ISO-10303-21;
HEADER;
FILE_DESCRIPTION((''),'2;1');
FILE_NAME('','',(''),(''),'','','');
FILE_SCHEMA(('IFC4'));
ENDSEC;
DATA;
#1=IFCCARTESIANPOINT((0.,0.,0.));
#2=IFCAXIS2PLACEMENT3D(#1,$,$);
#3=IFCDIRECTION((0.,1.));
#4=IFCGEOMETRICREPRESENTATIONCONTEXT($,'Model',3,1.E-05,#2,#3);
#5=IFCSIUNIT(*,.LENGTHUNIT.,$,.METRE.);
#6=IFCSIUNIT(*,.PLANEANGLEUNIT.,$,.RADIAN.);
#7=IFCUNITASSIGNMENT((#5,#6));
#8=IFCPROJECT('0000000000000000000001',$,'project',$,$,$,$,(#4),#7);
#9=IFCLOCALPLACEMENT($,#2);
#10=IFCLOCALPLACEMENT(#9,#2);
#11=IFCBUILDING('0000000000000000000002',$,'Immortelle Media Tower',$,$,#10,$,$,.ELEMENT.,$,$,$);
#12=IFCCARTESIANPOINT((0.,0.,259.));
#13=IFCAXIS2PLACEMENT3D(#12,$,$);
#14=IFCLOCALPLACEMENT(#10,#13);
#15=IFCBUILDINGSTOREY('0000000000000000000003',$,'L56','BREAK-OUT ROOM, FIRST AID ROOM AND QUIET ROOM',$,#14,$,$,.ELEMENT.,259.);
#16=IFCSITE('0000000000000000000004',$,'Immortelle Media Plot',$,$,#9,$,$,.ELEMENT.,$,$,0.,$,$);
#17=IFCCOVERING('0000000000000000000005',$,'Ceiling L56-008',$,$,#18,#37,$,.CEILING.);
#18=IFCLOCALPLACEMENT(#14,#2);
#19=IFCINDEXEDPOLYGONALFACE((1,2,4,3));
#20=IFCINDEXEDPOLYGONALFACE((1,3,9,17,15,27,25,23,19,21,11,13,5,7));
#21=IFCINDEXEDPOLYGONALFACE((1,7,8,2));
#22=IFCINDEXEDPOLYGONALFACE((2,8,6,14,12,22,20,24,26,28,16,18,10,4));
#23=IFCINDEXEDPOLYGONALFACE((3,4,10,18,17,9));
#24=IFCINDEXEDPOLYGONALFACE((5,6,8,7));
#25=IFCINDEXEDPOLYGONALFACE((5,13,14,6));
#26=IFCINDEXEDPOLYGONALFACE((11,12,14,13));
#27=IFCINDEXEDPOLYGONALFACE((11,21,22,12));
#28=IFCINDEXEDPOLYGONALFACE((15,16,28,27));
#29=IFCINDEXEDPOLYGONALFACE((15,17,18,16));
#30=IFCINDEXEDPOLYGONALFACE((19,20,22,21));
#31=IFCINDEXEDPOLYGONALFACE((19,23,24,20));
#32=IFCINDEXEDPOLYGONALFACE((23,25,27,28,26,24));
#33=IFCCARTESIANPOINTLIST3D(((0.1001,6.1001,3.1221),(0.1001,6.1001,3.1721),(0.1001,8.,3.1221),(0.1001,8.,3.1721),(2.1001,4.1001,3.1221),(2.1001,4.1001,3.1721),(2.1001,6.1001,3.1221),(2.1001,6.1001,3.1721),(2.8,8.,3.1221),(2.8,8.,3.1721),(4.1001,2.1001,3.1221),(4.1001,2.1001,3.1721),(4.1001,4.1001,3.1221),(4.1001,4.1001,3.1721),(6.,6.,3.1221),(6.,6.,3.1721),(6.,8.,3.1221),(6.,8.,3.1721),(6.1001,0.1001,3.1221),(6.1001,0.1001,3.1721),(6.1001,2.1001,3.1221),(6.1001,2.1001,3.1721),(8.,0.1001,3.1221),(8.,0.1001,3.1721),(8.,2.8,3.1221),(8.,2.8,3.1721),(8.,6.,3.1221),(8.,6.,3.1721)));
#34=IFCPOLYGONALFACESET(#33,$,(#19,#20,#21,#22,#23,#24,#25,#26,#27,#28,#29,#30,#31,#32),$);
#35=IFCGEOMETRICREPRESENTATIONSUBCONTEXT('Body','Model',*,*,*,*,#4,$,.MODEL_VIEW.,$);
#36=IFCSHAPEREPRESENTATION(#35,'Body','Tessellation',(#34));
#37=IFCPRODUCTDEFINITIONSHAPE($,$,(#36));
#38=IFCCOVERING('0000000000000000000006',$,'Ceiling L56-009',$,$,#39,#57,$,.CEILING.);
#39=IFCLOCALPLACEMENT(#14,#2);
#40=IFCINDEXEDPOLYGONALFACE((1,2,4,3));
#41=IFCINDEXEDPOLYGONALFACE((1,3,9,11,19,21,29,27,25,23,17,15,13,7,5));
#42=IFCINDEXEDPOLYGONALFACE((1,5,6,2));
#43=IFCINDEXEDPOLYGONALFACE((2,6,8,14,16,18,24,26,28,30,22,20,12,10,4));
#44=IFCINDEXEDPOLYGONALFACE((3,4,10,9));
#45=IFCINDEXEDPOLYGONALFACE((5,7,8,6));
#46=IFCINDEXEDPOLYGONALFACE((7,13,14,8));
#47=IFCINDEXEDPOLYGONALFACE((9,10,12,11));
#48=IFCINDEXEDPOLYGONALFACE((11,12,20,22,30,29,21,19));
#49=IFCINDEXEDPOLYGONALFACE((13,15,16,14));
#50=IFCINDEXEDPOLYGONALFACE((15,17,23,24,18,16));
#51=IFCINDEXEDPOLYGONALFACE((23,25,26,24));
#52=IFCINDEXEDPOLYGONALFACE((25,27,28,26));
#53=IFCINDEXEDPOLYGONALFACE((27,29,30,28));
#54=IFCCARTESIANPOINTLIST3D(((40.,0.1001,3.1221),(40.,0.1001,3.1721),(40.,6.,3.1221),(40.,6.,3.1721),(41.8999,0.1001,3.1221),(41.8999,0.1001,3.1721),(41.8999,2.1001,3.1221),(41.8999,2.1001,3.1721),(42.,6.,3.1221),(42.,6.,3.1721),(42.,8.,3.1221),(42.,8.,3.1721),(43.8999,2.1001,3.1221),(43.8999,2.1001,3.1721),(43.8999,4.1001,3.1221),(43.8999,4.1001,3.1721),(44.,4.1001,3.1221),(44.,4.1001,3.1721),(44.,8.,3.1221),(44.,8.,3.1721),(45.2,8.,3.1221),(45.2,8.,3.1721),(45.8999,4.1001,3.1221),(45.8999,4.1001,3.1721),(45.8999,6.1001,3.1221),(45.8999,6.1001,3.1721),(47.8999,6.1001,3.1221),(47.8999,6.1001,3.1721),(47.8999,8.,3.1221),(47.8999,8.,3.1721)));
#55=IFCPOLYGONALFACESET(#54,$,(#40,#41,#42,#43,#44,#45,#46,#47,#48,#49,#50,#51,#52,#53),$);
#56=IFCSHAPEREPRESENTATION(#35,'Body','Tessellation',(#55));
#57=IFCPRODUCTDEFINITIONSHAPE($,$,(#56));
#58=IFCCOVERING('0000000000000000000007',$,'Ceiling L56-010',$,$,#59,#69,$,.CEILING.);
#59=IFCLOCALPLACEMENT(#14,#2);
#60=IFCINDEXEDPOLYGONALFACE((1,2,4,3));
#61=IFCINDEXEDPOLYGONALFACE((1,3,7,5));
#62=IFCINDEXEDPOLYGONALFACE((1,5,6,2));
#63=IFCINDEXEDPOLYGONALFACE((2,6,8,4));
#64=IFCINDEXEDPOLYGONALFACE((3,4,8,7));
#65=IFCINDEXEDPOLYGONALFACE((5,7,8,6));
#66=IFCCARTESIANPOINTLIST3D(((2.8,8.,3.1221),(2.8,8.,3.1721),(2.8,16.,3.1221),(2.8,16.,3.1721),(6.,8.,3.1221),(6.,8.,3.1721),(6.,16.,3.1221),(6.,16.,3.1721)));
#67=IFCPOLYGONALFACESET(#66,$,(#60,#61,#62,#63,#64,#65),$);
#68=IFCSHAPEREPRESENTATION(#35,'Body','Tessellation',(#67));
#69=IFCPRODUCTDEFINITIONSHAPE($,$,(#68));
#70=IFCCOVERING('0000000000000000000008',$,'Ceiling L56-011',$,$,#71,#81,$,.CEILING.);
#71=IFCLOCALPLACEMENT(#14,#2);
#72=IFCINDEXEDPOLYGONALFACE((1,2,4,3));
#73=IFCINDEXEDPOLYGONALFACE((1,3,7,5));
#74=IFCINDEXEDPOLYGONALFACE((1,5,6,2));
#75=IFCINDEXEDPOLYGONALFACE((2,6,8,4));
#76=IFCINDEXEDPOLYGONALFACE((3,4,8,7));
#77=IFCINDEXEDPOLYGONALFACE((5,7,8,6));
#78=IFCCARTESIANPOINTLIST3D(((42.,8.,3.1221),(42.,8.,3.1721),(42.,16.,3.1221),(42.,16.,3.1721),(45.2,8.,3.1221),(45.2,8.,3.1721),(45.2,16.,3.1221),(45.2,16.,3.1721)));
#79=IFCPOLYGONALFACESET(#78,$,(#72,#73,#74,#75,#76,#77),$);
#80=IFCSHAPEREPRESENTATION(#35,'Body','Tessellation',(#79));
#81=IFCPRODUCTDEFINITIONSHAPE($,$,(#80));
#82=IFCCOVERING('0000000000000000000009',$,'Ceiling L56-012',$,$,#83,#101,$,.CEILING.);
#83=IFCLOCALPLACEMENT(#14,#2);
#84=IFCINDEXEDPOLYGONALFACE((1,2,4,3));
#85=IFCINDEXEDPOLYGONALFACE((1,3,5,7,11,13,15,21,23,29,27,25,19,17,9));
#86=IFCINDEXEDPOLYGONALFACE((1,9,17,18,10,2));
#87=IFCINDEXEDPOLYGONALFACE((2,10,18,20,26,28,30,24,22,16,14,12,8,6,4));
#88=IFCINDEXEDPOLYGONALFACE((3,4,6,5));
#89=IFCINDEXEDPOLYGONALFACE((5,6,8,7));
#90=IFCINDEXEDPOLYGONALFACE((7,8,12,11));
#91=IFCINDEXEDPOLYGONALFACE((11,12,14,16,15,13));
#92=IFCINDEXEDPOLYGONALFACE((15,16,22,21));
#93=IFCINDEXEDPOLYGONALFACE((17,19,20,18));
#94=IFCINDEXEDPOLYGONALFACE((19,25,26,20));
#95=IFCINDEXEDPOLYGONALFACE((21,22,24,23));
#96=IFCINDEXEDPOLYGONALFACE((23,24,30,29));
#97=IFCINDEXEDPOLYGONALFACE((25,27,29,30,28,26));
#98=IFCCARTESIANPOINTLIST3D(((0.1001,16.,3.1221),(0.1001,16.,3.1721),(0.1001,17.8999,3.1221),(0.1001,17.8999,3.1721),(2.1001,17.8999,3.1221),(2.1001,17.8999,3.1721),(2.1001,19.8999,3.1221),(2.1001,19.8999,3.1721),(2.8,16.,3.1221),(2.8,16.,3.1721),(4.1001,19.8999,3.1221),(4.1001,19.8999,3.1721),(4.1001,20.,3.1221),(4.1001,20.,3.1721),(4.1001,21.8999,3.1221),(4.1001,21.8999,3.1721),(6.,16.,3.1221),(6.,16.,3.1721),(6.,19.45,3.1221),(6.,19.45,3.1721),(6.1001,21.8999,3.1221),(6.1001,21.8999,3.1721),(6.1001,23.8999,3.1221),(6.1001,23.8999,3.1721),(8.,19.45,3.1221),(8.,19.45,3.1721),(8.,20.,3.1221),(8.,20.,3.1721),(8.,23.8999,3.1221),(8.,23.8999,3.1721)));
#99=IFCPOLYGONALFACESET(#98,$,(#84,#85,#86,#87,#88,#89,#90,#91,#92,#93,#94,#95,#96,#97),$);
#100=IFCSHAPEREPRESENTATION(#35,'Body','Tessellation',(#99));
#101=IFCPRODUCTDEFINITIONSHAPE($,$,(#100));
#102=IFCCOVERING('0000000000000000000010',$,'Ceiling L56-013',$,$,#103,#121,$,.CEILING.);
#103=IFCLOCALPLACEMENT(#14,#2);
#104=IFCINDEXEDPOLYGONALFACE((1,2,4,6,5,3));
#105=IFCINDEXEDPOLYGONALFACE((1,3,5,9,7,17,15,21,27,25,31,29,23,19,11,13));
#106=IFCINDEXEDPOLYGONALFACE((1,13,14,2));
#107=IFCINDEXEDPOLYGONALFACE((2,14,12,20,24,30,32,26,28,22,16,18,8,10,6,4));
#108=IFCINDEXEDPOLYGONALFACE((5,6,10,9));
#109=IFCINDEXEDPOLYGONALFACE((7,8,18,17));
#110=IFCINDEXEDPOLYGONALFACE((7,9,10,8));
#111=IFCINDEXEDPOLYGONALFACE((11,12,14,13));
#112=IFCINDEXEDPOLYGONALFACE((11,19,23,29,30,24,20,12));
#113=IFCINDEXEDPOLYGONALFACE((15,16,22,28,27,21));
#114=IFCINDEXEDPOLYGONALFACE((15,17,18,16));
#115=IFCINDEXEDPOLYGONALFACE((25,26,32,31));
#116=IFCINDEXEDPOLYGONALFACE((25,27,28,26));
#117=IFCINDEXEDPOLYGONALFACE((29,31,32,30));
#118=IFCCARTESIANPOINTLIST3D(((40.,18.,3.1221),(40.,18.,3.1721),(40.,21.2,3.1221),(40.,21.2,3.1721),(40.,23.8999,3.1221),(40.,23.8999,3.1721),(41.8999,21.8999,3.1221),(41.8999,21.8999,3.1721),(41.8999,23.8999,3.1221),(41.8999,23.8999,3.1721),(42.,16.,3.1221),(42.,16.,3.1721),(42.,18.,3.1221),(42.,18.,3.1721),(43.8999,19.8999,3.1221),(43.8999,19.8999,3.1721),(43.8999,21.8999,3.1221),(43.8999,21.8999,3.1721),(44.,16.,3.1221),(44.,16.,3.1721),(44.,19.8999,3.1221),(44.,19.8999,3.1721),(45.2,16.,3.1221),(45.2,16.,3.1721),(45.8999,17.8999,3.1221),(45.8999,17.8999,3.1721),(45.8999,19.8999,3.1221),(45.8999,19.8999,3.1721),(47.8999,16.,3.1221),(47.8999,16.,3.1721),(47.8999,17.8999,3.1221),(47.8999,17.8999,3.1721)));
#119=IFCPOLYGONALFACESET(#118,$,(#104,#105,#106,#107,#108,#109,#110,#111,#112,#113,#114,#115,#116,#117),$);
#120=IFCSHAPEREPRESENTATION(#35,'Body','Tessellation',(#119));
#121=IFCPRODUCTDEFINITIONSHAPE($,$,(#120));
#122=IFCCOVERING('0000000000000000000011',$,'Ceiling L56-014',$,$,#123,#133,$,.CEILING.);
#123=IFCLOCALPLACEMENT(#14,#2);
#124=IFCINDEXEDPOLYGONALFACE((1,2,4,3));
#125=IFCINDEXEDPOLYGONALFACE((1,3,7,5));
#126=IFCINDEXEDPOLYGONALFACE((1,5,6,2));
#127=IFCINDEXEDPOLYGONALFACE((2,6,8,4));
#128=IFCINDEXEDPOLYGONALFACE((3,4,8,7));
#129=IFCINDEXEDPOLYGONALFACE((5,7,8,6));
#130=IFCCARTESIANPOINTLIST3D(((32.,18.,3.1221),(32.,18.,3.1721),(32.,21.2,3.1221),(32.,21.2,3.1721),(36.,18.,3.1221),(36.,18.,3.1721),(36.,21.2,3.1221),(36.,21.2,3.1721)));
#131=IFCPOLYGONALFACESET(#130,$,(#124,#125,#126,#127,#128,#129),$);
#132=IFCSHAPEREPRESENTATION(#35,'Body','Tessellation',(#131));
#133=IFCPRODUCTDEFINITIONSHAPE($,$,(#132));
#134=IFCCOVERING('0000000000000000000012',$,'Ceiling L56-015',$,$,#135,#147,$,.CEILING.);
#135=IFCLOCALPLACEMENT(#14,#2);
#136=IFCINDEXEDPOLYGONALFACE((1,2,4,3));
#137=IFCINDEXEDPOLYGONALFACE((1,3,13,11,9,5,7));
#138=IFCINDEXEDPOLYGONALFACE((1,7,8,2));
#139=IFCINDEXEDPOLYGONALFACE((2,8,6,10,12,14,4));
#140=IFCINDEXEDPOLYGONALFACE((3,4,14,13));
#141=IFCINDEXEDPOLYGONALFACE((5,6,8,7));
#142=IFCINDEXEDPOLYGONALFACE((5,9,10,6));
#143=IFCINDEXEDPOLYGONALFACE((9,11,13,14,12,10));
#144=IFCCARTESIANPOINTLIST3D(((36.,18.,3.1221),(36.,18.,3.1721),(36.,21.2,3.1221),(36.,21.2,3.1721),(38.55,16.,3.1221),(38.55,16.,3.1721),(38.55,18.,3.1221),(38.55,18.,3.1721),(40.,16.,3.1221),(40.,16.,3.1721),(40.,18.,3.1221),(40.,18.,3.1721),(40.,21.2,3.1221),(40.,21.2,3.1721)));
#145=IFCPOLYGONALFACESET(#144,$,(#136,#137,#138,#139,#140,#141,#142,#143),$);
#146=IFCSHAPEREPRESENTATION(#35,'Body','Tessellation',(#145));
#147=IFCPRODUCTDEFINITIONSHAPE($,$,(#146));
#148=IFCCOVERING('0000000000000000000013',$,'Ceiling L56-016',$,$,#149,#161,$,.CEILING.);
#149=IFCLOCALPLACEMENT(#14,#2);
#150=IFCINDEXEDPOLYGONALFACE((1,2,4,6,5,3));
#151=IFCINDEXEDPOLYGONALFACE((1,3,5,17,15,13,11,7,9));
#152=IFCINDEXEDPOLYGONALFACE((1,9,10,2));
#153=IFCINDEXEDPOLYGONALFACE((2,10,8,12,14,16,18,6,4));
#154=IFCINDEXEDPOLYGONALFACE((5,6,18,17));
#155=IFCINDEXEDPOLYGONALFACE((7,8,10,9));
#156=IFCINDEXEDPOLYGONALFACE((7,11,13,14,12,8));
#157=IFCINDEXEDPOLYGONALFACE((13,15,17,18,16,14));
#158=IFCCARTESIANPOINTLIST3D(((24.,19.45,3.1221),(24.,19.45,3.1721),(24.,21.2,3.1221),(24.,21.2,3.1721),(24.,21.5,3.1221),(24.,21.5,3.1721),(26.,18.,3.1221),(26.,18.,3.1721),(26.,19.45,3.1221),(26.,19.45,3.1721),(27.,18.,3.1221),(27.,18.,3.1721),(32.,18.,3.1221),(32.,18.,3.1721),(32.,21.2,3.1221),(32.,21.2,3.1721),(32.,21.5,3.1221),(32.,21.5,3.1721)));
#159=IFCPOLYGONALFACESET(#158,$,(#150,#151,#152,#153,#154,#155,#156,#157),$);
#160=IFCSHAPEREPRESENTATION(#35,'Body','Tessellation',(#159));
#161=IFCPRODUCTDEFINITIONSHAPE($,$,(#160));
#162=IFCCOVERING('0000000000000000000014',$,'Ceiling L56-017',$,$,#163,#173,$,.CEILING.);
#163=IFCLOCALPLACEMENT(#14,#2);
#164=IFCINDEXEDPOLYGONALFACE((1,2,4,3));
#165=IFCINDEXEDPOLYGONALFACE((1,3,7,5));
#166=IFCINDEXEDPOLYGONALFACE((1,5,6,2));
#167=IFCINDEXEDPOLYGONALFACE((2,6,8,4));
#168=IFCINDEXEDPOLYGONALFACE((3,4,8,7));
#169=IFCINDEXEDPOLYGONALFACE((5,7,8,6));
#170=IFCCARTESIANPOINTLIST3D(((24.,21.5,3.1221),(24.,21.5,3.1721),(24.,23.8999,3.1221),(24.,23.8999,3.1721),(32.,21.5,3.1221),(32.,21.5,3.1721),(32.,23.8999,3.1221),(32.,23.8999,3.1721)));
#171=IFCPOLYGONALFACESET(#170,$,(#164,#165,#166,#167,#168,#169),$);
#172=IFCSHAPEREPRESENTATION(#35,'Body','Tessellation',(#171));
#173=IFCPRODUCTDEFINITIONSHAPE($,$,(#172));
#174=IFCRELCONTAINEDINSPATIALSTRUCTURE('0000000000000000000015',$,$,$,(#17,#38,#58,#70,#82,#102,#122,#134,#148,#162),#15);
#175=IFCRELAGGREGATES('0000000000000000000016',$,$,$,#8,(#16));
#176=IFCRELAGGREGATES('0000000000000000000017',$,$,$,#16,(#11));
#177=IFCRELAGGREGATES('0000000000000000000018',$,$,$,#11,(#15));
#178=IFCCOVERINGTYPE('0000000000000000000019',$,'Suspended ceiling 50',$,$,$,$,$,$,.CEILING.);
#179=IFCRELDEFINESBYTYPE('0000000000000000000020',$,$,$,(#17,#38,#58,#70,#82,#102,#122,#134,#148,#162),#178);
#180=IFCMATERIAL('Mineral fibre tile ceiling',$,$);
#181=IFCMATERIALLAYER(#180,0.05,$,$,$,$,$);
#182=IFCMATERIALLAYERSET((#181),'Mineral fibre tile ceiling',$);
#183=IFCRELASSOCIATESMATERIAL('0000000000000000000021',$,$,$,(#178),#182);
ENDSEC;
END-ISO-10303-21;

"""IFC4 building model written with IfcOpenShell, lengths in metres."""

from ifc_helpers import new_model, si_unit, direction, frame, origin, place, context, subcontext, project, spatial, polyline, outline, extrude, material, layer, layer_set, type_object, element, save


model = new_model("IFC4")

# Units and contexts
model_context = context("Model", 3, precision=1e-05, world=origin(), true_north=direction((0.0, 1.0)))
body_context = subcontext(model_context, "Body", "Model", "MODEL_VIEW")
ifc_project = project(units=[si_unit("LENGTHUNIT", "METRE"), si_unit("PLANEANGLEUNIT", "RADIAN")], contexts=[model_context])

# Site, building, storey
site_placement = place(None, origin())
site = spatial("IfcSite", under=ifc_project, at=site_placement, Name="Immortelle Media Plot", CompositionType="ELEMENT", RefElevation=0.0)
building_placement = place(site_placement, origin())
building = spatial("IfcBuilding", under=site, at=building_placement, Name="Immortelle Media Tower", CompositionType="ELEMENT")
storey_placement = place(building_placement, frame((0.0, 0.0, 259.0)))
storey = spatial("IfcBuildingStorey", under=building, at=storey_placement, Name="L56", Description="BREAK-OUT ROOM, FIRST AID ROOM AND QUIET ROOM", CompositionType="ELEMENT", Elevation=259.0)

# Coverings
ifc_material_1 = material(Name="Mineral fibre tile ceiling")
ifc_layer_1 = layer(ifc_material_1, 0.05)
ifc_layer_set_1 = layer_set([ifc_layer_1], Name="Mineral fibre tile ceiling")
covering_type = type_object("IfcCoveringType", Name="Suspended ceiling 50", PredefinedType="CEILING", material=ifc_layer_set_1)
covering_1_placement = place(storey_placement, frame((0.0, 0.0, 3.1221)))
element("IfcCovering", 1, at=covering_1_placement, inside=storey, type_object=covering_type, Name="Ceiling L56-008", PredefinedType="CEILING", context=body_context, shape_type="SweptSolid", body=[
    extrude(outline(polyline([(6.1001, 0.1001), (6.1001, 2.1001), (4.1001, 2.1001), (4.1001, 4.1001), (2.1001, 4.1001), (2.1001, 6.1001), (0.1001, 6.1001), (0.1001, 8.0), (2.8, 8.0), (6.0, 8.0), (6.0, 6.0), (8.0, 6.0), (8.0, 2.8), (8.0, 0.1001), (6.1001, 0.1001)])), origin(), (0.0, 0.0, 1.0), 0.05),
])
covering_2_placement = place(storey_placement, frame((0.0, 0.0, 3.1221)))
element("IfcCovering", 2, at=covering_2_placement, inside=storey, type_object=covering_type, Name="Ceiling L56-009", PredefinedType="CEILING", context=body_context, shape_type="SweptSolid", body=[
    extrude(outline(polyline([(43.8999, 2.1001), (41.8999, 2.1001), (41.8999, 0.1001), (40.0, 0.1001), (40.0, 6.0), (42.0, 6.0), (42.0, 8.0), (44.0, 8.0), (45.2, 8.0), (47.8999, 8.0), (47.8999, 6.1001), (45.8999, 6.1001), (45.8999, 4.1001), (44.0, 4.1001), (43.8999, 4.1001), (43.8999, 2.1001)])), origin(), (0.0, 0.0, 1.0), 0.05),
])
covering_3_placement = place(storey_placement, frame((0.0, 0.0, 3.1221)))
element("IfcCovering", 3, at=covering_3_placement, inside=storey, type_object=covering_type, Name="Ceiling L56-010", PredefinedType="CEILING", context=body_context, shape_type="SweptSolid", body=[
    extrude(outline(polyline([(6.0, 8.0), (2.8, 8.0), (2.8, 16.0), (6.0, 16.0), (6.0, 8.0)])), origin(), (0.0, 0.0, 1.0), 0.05),
])
covering_4_placement = place(storey_placement, frame((0.0, 0.0, 3.1221)))
element("IfcCovering", 4, at=covering_4_placement, inside=storey, type_object=covering_type, Name="Ceiling L56-011", PredefinedType="CEILING", context=body_context, shape_type="SweptSolid", body=[
    extrude(outline(polyline([(45.2, 8.0), (42.0, 8.0), (42.0, 16.0), (45.2, 16.0), (45.2, 8.0)])), origin(), (0.0, 0.0, 1.0), 0.05),
])
covering_5_placement = place(storey_placement, frame((0.0, 0.0, 3.1221)))
element("IfcCovering", 5, at=covering_5_placement, inside=storey, type_object=covering_type, Name="Ceiling L56-012", PredefinedType="CEILING", context=body_context, shape_type="SweptSolid", body=[
    extrude(outline(polyline([(2.8, 16.0), (0.1001, 16.0), (0.1001, 17.8999), (2.1001, 17.8999), (2.1001, 19.8999), (4.1001, 19.8999), (4.1001, 20.0), (4.1001, 21.8999), (6.1001, 21.8999), (6.1001, 23.8999), (8.0, 23.8999), (8.0, 20.0), (8.0, 19.45), (6.0, 19.45), (6.0, 16.0), (2.8, 16.0)])), origin(), (0.0, 0.0, 1.0), 0.05),
])
covering_6_placement = place(storey_placement, frame((0.0, 0.0, 3.1221)))
element("IfcCovering", 6, at=covering_6_placement, inside=storey, type_object=covering_type, Name="Ceiling L56-013", PredefinedType="CEILING", context=body_context, shape_type="SweptSolid", body=[
    extrude(outline(polyline([(45.8999, 19.8999), (45.8999, 17.8999), (47.8999, 17.8999), (47.8999, 16.0), (45.2, 16.0), (44.0, 16.0), (42.0, 16.0), (42.0, 18.0), (40.0, 18.0), (40.0, 21.2), (40.0, 23.8999), (41.8999, 23.8999), (41.8999, 21.8999), (43.8999, 21.8999), (43.8999, 19.8999), (44.0, 19.8999), (45.8999, 19.8999)])), origin(), (0.0, 0.0, 1.0), 0.05),
])
covering_7_placement = place(storey_placement, frame((0.0, 0.0, 3.1221)))
element("IfcCovering", 7, at=covering_7_placement, inside=storey, type_object=covering_type, Name="Ceiling L56-014", PredefinedType="CEILING", context=body_context, shape_type="SweptSolid", body=[
    extrude(outline(polyline([(32.0, 18.0), (32.0, 21.2), (36.0, 21.2), (36.0, 18.0), (32.0, 18.0)])), origin(), (0.0, 0.0, 1.0), 0.05),
])
covering_8_placement = place(storey_placement, frame((0.0, 0.0, 3.1221)))
element("IfcCovering", 8, at=covering_8_placement, inside=storey, type_object=covering_type, Name="Ceiling L56-015", PredefinedType="CEILING", context=body_context, shape_type="SweptSolid", body=[
    extrude(outline(polyline([(38.55, 18.0), (36.0, 18.0), (36.0, 21.2), (40.0, 21.2), (40.0, 18.0), (40.0, 16.0), (38.55, 16.0), (38.55, 18.0)])), origin(), (0.0, 0.0, 1.0), 0.05),
])
covering_9_placement = place(storey_placement, frame((0.0, 0.0, 3.1221)))
element("IfcCovering", 9, at=covering_9_placement, inside=storey, type_object=covering_type, Name="Ceiling L56-016", PredefinedType="CEILING", context=body_context, shape_type="SweptSolid", body=[
    extrude(outline(polyline([(26.0, 18.0), (26.0, 19.45), (24.0, 19.45), (24.0, 21.2), (24.0, 21.5), (32.0, 21.5), (32.0, 21.2), (32.0, 18.0), (27.0, 18.0), (26.0, 18.0)])), origin(), (0.0, 0.0, 1.0), 0.05),
])
covering_10_placement = place(storey_placement, frame((0.0, 0.0, 3.1221)))
element("IfcCovering", 10, at=covering_10_placement, inside=storey, type_object=covering_type, Name="Ceiling L56-017", PredefinedType="CEILING", context=body_context, shape_type="SweptSolid", body=[
    extrude(outline(polyline([(24.0, 23.8999), (32.0, 23.8999), (32.0, 21.5), (24.0, 21.5), (24.0, 23.8999)])), origin(), (0.0, 0.0, 1.0), 0.05),
])

save(model, "model.ifc")
